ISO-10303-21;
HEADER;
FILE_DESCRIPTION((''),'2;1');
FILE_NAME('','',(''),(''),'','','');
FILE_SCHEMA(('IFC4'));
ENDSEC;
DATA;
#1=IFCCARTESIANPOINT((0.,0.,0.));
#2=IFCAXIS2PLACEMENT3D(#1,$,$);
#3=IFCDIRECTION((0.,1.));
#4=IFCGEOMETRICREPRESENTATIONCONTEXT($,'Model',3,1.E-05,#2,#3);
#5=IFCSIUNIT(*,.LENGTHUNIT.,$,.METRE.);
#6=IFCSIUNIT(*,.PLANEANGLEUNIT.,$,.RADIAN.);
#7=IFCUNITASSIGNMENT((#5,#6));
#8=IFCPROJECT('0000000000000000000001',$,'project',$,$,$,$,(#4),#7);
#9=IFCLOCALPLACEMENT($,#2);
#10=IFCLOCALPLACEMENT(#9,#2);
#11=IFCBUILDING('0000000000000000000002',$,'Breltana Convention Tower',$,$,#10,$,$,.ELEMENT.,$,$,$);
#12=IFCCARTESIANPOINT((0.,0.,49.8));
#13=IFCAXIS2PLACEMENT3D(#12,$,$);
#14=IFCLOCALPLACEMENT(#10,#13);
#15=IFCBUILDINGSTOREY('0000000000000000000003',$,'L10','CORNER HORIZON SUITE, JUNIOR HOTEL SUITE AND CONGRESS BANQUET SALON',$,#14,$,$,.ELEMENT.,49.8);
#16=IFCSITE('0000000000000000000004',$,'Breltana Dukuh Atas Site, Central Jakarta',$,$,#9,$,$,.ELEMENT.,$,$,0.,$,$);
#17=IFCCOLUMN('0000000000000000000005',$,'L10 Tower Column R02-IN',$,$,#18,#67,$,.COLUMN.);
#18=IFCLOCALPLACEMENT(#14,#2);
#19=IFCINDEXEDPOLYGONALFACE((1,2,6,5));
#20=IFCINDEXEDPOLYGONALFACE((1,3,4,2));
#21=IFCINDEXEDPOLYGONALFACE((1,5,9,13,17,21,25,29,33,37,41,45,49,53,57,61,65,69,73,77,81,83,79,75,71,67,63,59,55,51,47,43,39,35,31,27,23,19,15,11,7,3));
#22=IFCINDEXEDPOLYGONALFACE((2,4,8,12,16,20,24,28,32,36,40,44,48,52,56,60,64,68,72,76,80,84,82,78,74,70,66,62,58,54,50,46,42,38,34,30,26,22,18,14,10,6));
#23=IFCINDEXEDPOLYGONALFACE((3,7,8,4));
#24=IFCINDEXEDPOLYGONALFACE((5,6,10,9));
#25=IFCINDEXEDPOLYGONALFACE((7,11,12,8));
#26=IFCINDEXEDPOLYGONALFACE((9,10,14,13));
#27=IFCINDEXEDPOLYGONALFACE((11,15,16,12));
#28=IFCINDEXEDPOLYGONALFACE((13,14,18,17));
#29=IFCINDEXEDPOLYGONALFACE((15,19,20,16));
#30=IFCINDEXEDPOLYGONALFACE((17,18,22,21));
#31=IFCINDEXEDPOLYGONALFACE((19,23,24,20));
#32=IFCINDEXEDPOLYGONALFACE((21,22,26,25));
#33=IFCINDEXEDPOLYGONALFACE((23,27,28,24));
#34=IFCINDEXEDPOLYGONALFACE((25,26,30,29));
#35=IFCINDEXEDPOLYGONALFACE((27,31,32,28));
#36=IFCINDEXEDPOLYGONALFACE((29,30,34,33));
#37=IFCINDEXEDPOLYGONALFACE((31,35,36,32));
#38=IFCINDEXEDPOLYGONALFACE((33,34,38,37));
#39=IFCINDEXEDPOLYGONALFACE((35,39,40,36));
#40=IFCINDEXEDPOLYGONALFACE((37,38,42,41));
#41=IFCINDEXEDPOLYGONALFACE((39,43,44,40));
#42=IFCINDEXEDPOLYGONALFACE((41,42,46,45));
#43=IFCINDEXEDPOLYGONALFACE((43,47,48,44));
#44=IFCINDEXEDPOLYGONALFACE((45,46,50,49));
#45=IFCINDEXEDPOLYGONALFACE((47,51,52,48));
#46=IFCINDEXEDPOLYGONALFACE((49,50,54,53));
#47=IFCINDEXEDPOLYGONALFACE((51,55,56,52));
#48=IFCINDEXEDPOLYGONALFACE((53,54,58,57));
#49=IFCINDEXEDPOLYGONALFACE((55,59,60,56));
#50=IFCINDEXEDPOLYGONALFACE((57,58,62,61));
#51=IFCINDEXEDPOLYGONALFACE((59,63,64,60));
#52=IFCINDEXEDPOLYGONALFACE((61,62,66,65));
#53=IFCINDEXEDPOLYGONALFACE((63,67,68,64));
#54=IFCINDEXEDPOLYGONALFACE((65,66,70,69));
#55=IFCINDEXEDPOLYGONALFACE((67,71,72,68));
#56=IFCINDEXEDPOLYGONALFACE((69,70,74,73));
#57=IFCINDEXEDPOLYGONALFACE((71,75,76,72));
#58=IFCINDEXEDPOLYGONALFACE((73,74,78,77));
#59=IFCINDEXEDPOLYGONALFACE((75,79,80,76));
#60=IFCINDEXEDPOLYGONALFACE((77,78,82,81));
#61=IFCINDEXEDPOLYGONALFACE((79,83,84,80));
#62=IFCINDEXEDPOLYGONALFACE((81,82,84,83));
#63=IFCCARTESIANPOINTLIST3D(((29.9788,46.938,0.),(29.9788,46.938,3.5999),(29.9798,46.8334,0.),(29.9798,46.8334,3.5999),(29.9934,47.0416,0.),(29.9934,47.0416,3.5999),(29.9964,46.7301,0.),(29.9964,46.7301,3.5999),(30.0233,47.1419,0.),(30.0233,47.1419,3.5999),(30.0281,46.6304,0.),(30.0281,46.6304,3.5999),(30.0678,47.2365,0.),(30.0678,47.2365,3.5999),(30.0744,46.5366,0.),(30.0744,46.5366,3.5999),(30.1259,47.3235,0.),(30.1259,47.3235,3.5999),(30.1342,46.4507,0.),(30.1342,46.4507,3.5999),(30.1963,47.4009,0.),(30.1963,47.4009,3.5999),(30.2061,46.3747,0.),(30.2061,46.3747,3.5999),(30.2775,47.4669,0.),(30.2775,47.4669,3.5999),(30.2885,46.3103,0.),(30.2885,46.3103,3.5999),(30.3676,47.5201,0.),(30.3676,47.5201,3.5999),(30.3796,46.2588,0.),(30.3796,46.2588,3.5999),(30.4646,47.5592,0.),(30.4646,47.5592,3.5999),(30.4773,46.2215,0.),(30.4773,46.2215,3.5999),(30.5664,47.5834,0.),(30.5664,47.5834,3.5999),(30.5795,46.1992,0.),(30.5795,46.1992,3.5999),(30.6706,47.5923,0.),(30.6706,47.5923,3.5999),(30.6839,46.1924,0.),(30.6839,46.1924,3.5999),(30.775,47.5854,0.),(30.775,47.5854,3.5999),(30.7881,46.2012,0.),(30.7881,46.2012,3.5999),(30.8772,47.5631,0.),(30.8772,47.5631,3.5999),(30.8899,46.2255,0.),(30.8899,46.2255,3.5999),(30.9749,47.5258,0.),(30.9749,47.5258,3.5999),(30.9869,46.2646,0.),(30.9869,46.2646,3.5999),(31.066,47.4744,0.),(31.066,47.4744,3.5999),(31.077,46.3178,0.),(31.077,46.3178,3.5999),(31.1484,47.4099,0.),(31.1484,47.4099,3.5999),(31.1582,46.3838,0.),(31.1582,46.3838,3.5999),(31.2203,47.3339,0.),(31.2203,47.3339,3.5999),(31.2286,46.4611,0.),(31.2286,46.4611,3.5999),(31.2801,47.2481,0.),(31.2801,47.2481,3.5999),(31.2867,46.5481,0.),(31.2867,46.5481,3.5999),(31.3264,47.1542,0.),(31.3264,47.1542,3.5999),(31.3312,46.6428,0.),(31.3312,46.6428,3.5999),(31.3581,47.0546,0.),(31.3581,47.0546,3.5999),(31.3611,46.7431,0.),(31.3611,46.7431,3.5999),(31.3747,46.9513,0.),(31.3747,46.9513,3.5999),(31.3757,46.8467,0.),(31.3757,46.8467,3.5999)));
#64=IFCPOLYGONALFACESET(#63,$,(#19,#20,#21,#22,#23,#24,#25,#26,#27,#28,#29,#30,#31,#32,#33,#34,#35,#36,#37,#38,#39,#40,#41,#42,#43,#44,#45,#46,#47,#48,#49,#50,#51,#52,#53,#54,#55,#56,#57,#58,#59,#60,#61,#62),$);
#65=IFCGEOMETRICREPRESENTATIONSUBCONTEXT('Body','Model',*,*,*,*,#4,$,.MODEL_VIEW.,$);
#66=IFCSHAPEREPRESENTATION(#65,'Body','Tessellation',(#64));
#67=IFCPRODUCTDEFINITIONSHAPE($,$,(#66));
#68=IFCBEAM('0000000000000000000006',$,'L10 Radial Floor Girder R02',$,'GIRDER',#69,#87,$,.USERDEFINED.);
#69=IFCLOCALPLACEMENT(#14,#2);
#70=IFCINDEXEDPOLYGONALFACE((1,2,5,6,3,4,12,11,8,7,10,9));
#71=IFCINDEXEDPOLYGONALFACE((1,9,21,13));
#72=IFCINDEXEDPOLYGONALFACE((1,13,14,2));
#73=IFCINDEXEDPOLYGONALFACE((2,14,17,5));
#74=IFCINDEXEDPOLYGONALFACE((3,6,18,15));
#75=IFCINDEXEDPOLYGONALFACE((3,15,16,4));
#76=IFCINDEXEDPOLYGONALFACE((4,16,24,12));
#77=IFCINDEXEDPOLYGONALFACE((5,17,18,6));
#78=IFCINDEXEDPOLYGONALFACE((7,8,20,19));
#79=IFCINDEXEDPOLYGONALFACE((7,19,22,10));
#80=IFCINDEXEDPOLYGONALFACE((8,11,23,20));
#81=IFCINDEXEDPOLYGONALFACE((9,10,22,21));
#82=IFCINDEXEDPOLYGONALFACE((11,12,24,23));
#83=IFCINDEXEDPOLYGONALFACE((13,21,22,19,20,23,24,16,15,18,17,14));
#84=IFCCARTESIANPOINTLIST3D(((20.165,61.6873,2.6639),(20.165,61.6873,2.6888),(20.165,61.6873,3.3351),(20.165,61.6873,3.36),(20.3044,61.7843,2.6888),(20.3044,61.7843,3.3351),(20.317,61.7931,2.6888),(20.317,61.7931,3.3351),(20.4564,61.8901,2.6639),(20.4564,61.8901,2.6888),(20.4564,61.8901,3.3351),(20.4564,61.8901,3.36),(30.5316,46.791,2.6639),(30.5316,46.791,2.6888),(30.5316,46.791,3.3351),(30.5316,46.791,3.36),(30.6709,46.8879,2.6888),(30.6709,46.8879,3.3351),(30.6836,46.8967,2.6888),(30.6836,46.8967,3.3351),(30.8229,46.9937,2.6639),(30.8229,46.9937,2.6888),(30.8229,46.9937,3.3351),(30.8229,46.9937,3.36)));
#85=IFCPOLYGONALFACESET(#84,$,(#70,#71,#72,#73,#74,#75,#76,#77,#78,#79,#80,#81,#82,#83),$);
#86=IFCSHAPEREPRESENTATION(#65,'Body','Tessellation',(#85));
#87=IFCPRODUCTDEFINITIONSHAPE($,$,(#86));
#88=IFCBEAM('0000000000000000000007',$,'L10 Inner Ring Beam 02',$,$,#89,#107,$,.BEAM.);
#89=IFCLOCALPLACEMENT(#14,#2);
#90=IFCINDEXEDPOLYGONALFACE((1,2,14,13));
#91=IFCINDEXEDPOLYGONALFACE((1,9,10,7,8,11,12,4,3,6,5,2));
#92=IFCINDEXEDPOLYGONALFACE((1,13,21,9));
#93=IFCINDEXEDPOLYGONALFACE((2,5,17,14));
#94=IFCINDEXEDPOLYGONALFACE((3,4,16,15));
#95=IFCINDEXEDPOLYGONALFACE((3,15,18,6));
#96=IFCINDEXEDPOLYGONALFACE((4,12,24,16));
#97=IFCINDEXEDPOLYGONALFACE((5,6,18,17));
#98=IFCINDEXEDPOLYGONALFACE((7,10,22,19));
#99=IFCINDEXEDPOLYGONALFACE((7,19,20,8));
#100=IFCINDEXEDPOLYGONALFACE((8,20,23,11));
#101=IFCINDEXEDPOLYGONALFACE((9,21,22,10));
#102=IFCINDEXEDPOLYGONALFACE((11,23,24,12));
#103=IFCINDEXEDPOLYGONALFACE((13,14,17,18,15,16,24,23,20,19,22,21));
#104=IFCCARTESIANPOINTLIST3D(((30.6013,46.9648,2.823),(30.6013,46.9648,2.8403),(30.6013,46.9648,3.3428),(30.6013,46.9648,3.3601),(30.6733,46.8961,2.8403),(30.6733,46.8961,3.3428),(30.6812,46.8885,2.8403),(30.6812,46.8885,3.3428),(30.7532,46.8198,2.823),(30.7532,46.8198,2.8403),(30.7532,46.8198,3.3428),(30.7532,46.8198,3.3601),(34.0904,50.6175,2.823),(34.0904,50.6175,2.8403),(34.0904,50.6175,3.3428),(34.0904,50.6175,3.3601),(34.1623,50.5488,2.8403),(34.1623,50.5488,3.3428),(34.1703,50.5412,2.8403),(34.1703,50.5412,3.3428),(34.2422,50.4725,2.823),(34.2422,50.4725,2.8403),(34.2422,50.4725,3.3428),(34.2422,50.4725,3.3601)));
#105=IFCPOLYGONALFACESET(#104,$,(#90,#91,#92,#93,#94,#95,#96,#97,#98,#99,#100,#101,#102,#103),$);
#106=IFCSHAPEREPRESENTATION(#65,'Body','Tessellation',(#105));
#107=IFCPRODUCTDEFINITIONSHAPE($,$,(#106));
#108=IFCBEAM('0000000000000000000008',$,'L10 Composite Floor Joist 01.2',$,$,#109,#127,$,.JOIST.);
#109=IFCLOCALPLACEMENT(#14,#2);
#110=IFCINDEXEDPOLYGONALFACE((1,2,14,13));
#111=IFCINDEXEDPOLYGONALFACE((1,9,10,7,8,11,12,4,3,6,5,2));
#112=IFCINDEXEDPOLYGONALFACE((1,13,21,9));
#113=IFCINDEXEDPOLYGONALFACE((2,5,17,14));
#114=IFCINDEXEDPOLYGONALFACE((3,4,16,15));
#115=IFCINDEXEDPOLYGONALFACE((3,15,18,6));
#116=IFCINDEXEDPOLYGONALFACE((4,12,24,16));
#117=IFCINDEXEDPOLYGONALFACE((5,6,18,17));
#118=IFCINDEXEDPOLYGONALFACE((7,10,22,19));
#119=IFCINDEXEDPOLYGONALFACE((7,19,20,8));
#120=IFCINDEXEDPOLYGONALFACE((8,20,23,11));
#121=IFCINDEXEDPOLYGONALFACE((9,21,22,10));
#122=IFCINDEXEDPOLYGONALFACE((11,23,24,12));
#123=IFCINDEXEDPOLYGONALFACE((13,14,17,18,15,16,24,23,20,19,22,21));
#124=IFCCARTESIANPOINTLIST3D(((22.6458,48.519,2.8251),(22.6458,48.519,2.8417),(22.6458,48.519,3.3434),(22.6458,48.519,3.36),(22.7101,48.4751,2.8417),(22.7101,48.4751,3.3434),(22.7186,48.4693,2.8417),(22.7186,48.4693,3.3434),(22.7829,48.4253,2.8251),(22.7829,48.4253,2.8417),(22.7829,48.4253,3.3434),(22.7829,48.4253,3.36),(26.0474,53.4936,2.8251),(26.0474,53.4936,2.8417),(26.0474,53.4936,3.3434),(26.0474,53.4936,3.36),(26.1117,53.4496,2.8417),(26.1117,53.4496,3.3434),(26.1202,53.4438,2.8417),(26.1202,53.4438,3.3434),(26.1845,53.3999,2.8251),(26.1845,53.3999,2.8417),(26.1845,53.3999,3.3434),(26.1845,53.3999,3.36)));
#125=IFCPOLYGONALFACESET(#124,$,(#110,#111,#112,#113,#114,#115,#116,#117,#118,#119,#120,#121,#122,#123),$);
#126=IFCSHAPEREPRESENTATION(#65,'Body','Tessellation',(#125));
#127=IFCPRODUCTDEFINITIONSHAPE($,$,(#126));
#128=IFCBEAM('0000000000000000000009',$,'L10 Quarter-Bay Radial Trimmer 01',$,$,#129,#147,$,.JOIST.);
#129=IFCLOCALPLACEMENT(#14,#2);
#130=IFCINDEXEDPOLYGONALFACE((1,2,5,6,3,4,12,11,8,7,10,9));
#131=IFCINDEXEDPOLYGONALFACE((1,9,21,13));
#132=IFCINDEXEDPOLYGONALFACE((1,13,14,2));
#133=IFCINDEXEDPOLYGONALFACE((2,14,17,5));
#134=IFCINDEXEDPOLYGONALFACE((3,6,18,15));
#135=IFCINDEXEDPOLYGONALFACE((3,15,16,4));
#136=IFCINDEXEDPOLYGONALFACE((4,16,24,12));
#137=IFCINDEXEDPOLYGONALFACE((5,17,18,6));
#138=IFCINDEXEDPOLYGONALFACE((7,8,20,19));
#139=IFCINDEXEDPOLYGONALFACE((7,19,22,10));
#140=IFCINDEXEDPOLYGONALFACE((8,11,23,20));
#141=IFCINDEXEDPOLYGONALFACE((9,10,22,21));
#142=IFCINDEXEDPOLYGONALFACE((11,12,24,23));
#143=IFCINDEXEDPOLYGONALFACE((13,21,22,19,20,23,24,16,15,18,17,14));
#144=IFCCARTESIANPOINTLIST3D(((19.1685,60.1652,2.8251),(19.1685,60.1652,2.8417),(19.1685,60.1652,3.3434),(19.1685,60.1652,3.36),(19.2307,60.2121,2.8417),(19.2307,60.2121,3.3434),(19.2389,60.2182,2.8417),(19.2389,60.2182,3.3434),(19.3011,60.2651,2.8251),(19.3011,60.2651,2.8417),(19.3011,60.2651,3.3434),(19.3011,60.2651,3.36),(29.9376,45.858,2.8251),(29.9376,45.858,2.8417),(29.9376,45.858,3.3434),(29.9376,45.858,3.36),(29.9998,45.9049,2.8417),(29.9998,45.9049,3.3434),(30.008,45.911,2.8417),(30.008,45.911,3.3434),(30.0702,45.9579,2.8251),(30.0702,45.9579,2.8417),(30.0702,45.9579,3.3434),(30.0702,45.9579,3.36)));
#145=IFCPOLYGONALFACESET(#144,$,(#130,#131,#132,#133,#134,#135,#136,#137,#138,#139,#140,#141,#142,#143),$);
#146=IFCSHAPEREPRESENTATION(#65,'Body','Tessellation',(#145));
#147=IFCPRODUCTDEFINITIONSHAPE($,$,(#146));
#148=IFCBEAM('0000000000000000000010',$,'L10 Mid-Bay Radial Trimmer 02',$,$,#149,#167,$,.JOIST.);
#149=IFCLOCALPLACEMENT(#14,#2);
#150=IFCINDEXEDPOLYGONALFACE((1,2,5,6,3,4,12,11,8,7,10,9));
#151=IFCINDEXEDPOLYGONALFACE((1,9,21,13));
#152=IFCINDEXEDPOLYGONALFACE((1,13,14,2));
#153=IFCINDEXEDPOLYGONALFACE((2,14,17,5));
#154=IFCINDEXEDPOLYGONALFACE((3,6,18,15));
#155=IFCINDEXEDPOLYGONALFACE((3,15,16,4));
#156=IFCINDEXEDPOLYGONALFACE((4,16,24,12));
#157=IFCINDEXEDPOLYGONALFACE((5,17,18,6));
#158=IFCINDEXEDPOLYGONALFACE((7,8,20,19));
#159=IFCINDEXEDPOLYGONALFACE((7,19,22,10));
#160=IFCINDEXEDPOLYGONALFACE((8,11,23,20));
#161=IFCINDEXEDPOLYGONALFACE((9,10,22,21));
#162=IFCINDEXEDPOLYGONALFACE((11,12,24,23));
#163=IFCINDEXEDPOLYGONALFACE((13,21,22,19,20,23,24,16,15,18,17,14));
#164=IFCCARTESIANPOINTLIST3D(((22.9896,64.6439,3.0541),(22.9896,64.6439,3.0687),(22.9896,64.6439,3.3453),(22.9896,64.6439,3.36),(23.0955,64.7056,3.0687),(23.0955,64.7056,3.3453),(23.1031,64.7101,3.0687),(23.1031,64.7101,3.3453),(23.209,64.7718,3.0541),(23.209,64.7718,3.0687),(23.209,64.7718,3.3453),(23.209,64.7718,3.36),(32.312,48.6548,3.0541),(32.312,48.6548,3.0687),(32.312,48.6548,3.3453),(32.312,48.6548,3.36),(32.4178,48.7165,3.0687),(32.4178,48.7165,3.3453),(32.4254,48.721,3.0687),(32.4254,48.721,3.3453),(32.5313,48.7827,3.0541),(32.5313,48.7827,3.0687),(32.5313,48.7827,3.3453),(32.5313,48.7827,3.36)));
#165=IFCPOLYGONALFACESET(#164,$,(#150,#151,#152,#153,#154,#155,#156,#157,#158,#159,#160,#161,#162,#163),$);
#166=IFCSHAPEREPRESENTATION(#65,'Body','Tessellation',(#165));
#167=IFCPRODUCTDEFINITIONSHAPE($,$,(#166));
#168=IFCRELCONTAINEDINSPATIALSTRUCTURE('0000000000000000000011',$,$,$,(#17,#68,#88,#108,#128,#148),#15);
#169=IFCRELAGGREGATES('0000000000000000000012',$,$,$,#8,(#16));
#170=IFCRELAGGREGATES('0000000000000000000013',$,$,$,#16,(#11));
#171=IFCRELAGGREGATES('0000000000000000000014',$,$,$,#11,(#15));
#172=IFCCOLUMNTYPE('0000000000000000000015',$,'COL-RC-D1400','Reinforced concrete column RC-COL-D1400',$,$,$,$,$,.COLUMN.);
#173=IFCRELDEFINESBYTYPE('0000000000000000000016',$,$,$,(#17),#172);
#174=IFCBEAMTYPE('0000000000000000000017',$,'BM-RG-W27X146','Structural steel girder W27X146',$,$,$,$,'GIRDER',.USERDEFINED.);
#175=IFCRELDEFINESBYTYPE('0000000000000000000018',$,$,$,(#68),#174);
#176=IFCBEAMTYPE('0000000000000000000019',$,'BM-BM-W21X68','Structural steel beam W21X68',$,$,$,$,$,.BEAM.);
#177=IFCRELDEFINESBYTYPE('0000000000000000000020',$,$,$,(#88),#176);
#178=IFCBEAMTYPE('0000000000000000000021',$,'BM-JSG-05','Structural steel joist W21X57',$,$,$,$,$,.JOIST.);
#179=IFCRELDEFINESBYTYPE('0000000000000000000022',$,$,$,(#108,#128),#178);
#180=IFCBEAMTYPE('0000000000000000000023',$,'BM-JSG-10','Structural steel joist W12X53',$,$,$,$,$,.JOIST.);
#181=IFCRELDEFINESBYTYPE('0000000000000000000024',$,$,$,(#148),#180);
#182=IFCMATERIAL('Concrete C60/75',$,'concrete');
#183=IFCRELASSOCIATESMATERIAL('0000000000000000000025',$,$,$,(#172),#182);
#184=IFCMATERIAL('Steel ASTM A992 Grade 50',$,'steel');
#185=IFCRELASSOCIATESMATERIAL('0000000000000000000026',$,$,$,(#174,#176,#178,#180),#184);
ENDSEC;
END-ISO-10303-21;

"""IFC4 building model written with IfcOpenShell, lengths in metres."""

from ifc_helpers import new_model, si_unit, direction, frame, origin, origin_2d, place, context, subcontext, project, spatial, circle, i_section, extrude, source, transform, mapped, material, material_profile, profile_set, type_object, element, save


model = new_model("IFC4")

# Units and contexts
model_context = context("Model", 3, precision=1e-05, world=origin(), true_north=direction((0.0, 1.0)))
body_context = subcontext(model_context, "Body", "Model", "MODEL_VIEW")
ifc_project = project(units=[si_unit("LENGTHUNIT", "METRE"), si_unit("PLANEANGLEUNIT", "RADIAN")], contexts=[model_context])

# Site, building, storey
site_placement = place(None, origin())
site = spatial("IfcSite", under=ifc_project, at=site_placement, Name="Breltana Dukuh Atas Site, Central Jakarta", CompositionType="ELEMENT", RefElevation=0.0)
building_placement = place(site_placement, origin())
building = spatial("IfcBuilding", under=site, at=building_placement, Name="Breltana Convention Tower", CompositionType="ELEMENT")
storey_placement = place(building_placement, frame((0.0, 0.0, 49.8)))
storey = spatial("IfcBuildingStorey", under=building, at=storey_placement, Name="L10", Description="CORNER HORIZON SUITE, JUNIOR HOTEL SUITE AND CONGRESS BANQUET SALON", CompositionType="ELEMENT", Elevation=49.8)

# Column
ifc_material_1 = material(Name="Concrete C60/75", Category="concrete")
ifc_material_profile_1 = material_profile(ifc_material_1, circle(Radius=0.7, at=origin_2d()), Name="RC-COL-D1400")
ifc_profile_set_1 = profile_set([ifc_material_profile_1], Name="Concrete C60/75")
column_type = type_object("IfcColumnType", Name="COL-RC-D1400", Description="Reinforced concrete column RC-COL-D1400", PredefinedType="COLUMN", material=ifc_profile_set_1)
shared_shape_1 = source(origin(), body_context, "Body", "SweptSolid", [
    extrude(circle(Radius=0.7, at=origin_2d()), origin(), (0.0, 0.0, 1.0), 3.5999),
])
column_placement = place(storey_placement, frame((30.6772, 46.8923, 0.0), z_axis=(0.0, 0.0, 1.0), x_axis=(-0.571143, 0.82085, 0.0)))
element("IfcColumn", 1, at=column_placement, inside=storey, type_object=column_type, Name="L10 Tower Column R02-IN", PredefinedType="COLUMN", context=body_context, shape_type="MappedRepresentation", body=[
    mapped(shared_shape_1, transform((0.0, 0.0, 0.0), scale=1.0)),
])

# Beams
ifc_material_2 = material(Name="Steel ASTM A992 Grade 50", Category="steel")
ifc_material_profile_2 = material_profile(ifc_material_2, i_section(OverallWidth=0.355, OverallDepth=0.696, WebThickness=0.0154, FlangeThickness=0.0249, at=origin_2d()), Name="W27X146")
ifc_profile_set_2 = profile_set([ifc_material_profile_2], Name="Steel ASTM A992 Grade 50")
beam_type_1 = type_object("IfcBeamType", Name="BM-RG-W27X146", Description="Structural steel girder W27X146", ElementType="GIRDER", PredefinedType="USERDEFINED", material=ifc_profile_set_2)
shared_shape_2 = source(origin(), body_context, "Body", "SweptSolid", [
    extrude(i_section(OverallWidth=0.355, OverallDepth=0.696, WebThickness=0.0154, FlangeThickness=0.0249, at=origin_2d()), origin(), (0.0, 0.0, 1.0), 18.1484),
])
beam_1_placement = place(storey_placement, frame((30.6772, 46.8923, 3.012), z_axis=(-0.571208, 0.820806, 0.0), x_axis=(-0.820806, -0.571208, 0.0)))
element("IfcBeam", 2, at=beam_1_placement, inside=storey, type_object=beam_type_1, Name="L10 Radial Floor Girder R02", ObjectType="GIRDER", PredefinedType="USERDEFINED", context=body_context, shape_type="MappedRepresentation", body=[
    mapped(shared_shape_2, transform((0.0, 0.0, 0.0), scale=1.0)),
])
ifc_material_profile_3 = material_profile(ifc_material_2, i_section(OverallWidth=0.21, OverallDepth=0.5371, WebThickness=0.011, FlangeThickness=0.0173, at=origin_2d()), Name="W21X68")
ifc_profile_set_3 = profile_set([ifc_material_profile_3], Name="Steel ASTM A992 Grade 50")
beam_type_2 = type_object("IfcBeamType", Name="BM-BM-W21X68", Description="Structural steel beam W21X68", PredefinedType="BEAM", material=ifc_profile_set_3)
shared_shape_3 = source(origin(), body_context, "Body", "SweptSolid", [
    extrude(i_section(OverallWidth=0.21, OverallDepth=0.5371, WebThickness=0.011, FlangeThickness=0.0173, at=origin_2d()), origin(), (0.0, 0.0, 1.0), 5.0513),
])
beam_2_placement = place(storey_placement, frame((30.6772, 46.8923, 3.0916), z_axis=(0.69073, 0.723113, 0.0), x_axis=(-0.723113, 0.69073, 0.0)))
element("IfcBeam", 3, at=beam_2_placement, inside=storey, type_object=beam_type_2, Name="L10 Inner Ring Beam 02", PredefinedType="BEAM", context=body_context, shape_type="MappedRepresentation", body=[
    mapped(shared_shape_3, transform((0.0, 0.0, 0.0), scale=1.0)),
])
ifc_material_profile_4 = material_profile(ifc_material_2, i_section(OverallWidth=0.166, OverallDepth=0.5349, WebThickness=0.0103, FlangeThickness=0.0166, at=origin_2d()), Name="W21X57")
ifc_profile_set_4 = profile_set([ifc_material_profile_4], Name="Steel ASTM A992 Grade 50")
beam_type_3 = type_object("IfcBeamType", Name="BM-JSG-05", Description="Structural steel joist W21X57", PredefinedType="JOIST", material=ifc_profile_set_4)
shared_shape_4 = source(origin(), body_context, "Body", "SweptSolid", [
    extrude(i_section(OverallWidth=0.166, OverallDepth=0.5349, WebThickness=0.0103, FlangeThickness=0.0166, at=origin_2d()), origin(), (0.0, 0.0, 1.0), 6.0264),
])
beam_3_placement = place(storey_placement, frame((22.7144, 48.4722, 3.0925), z_axis=(0.56445, 0.825467, 0.0), x_axis=(-0.825467, 0.56445, 0.0)))
element("IfcBeam", 4, at=beam_3_placement, inside=storey, type_object=beam_type_3, Name="L10 Composite Floor Joist 01.2", PredefinedType="JOIST", context=body_context, shape_type="MappedRepresentation", body=[
    mapped(shared_shape_4, transform((0.0, 0.0, 0.0), scale=1.0)),
])
shared_shape_5 = source(origin(), body_context, "Body", "SweptSolid", [
    extrude(i_section(OverallWidth=0.166, OverallDepth=0.5349, WebThickness=0.0103, FlangeThickness=0.0166, at=origin_2d()), origin(), (0.0, 0.0, 1.0), 17.9072),
])
beam_4_placement = place(storey_placement, frame((30.0039, 45.908, 3.0925), z_axis=(-0.601382, 0.798962, 0.0), x_axis=(-0.798962, -0.601382, 0.0)))
element("IfcBeam", 5, at=beam_4_placement, inside=storey, type_object=beam_type_3, Name="L10 Quarter-Bay Radial Trimmer 01", PredefinedType="JOIST", context=body_context, shape_type="MappedRepresentation", body=[
    mapped(shared_shape_5, transform((0.0, 0.0, 0.0), scale=1.0)),
])
ifc_material_profile_5 = material_profile(ifc_material_2, i_section(OverallWidth=0.2539, OverallDepth=0.3059, WebThickness=0.0088, FlangeThickness=0.0146, at=origin_2d()), Name="W12X53")
ifc_profile_set_5 = profile_set([ifc_material_profile_5], Name="Steel ASTM A992 Grade 50")
beam_type_4 = type_object("IfcBeamType", Name="BM-JSG-10", Description="Structural steel joist W12X53", PredefinedType="JOIST", material=ifc_profile_set_5)
shared_shape_6 = source(origin(), body_context, "Body", "SweptSolid", [
    extrude(i_section(OverallWidth=0.2539, OverallDepth=0.3059, WebThickness=0.0088, FlangeThickness=0.0146, at=origin_2d()), origin(), (0.0, 0.0, 1.0), 18.5083),
])
beam_5_placement = place(storey_placement, frame((32.4216, 48.7188, 3.207), z_axis=(-0.503683, 0.863888, 0.0), x_axis=(-0.863888, -0.503683, 0.0)))
element("IfcBeam", 6, at=beam_5_placement, inside=storey, type_object=beam_type_4, Name="L10 Mid-Bay Radial Trimmer 02", PredefinedType="JOIST", context=body_context, shape_type="MappedRepresentation", body=[
    mapped(shared_shape_6, transform((0.0, 0.0, 0.0), scale=1.0)),
])

save(model, "model.ifc")
